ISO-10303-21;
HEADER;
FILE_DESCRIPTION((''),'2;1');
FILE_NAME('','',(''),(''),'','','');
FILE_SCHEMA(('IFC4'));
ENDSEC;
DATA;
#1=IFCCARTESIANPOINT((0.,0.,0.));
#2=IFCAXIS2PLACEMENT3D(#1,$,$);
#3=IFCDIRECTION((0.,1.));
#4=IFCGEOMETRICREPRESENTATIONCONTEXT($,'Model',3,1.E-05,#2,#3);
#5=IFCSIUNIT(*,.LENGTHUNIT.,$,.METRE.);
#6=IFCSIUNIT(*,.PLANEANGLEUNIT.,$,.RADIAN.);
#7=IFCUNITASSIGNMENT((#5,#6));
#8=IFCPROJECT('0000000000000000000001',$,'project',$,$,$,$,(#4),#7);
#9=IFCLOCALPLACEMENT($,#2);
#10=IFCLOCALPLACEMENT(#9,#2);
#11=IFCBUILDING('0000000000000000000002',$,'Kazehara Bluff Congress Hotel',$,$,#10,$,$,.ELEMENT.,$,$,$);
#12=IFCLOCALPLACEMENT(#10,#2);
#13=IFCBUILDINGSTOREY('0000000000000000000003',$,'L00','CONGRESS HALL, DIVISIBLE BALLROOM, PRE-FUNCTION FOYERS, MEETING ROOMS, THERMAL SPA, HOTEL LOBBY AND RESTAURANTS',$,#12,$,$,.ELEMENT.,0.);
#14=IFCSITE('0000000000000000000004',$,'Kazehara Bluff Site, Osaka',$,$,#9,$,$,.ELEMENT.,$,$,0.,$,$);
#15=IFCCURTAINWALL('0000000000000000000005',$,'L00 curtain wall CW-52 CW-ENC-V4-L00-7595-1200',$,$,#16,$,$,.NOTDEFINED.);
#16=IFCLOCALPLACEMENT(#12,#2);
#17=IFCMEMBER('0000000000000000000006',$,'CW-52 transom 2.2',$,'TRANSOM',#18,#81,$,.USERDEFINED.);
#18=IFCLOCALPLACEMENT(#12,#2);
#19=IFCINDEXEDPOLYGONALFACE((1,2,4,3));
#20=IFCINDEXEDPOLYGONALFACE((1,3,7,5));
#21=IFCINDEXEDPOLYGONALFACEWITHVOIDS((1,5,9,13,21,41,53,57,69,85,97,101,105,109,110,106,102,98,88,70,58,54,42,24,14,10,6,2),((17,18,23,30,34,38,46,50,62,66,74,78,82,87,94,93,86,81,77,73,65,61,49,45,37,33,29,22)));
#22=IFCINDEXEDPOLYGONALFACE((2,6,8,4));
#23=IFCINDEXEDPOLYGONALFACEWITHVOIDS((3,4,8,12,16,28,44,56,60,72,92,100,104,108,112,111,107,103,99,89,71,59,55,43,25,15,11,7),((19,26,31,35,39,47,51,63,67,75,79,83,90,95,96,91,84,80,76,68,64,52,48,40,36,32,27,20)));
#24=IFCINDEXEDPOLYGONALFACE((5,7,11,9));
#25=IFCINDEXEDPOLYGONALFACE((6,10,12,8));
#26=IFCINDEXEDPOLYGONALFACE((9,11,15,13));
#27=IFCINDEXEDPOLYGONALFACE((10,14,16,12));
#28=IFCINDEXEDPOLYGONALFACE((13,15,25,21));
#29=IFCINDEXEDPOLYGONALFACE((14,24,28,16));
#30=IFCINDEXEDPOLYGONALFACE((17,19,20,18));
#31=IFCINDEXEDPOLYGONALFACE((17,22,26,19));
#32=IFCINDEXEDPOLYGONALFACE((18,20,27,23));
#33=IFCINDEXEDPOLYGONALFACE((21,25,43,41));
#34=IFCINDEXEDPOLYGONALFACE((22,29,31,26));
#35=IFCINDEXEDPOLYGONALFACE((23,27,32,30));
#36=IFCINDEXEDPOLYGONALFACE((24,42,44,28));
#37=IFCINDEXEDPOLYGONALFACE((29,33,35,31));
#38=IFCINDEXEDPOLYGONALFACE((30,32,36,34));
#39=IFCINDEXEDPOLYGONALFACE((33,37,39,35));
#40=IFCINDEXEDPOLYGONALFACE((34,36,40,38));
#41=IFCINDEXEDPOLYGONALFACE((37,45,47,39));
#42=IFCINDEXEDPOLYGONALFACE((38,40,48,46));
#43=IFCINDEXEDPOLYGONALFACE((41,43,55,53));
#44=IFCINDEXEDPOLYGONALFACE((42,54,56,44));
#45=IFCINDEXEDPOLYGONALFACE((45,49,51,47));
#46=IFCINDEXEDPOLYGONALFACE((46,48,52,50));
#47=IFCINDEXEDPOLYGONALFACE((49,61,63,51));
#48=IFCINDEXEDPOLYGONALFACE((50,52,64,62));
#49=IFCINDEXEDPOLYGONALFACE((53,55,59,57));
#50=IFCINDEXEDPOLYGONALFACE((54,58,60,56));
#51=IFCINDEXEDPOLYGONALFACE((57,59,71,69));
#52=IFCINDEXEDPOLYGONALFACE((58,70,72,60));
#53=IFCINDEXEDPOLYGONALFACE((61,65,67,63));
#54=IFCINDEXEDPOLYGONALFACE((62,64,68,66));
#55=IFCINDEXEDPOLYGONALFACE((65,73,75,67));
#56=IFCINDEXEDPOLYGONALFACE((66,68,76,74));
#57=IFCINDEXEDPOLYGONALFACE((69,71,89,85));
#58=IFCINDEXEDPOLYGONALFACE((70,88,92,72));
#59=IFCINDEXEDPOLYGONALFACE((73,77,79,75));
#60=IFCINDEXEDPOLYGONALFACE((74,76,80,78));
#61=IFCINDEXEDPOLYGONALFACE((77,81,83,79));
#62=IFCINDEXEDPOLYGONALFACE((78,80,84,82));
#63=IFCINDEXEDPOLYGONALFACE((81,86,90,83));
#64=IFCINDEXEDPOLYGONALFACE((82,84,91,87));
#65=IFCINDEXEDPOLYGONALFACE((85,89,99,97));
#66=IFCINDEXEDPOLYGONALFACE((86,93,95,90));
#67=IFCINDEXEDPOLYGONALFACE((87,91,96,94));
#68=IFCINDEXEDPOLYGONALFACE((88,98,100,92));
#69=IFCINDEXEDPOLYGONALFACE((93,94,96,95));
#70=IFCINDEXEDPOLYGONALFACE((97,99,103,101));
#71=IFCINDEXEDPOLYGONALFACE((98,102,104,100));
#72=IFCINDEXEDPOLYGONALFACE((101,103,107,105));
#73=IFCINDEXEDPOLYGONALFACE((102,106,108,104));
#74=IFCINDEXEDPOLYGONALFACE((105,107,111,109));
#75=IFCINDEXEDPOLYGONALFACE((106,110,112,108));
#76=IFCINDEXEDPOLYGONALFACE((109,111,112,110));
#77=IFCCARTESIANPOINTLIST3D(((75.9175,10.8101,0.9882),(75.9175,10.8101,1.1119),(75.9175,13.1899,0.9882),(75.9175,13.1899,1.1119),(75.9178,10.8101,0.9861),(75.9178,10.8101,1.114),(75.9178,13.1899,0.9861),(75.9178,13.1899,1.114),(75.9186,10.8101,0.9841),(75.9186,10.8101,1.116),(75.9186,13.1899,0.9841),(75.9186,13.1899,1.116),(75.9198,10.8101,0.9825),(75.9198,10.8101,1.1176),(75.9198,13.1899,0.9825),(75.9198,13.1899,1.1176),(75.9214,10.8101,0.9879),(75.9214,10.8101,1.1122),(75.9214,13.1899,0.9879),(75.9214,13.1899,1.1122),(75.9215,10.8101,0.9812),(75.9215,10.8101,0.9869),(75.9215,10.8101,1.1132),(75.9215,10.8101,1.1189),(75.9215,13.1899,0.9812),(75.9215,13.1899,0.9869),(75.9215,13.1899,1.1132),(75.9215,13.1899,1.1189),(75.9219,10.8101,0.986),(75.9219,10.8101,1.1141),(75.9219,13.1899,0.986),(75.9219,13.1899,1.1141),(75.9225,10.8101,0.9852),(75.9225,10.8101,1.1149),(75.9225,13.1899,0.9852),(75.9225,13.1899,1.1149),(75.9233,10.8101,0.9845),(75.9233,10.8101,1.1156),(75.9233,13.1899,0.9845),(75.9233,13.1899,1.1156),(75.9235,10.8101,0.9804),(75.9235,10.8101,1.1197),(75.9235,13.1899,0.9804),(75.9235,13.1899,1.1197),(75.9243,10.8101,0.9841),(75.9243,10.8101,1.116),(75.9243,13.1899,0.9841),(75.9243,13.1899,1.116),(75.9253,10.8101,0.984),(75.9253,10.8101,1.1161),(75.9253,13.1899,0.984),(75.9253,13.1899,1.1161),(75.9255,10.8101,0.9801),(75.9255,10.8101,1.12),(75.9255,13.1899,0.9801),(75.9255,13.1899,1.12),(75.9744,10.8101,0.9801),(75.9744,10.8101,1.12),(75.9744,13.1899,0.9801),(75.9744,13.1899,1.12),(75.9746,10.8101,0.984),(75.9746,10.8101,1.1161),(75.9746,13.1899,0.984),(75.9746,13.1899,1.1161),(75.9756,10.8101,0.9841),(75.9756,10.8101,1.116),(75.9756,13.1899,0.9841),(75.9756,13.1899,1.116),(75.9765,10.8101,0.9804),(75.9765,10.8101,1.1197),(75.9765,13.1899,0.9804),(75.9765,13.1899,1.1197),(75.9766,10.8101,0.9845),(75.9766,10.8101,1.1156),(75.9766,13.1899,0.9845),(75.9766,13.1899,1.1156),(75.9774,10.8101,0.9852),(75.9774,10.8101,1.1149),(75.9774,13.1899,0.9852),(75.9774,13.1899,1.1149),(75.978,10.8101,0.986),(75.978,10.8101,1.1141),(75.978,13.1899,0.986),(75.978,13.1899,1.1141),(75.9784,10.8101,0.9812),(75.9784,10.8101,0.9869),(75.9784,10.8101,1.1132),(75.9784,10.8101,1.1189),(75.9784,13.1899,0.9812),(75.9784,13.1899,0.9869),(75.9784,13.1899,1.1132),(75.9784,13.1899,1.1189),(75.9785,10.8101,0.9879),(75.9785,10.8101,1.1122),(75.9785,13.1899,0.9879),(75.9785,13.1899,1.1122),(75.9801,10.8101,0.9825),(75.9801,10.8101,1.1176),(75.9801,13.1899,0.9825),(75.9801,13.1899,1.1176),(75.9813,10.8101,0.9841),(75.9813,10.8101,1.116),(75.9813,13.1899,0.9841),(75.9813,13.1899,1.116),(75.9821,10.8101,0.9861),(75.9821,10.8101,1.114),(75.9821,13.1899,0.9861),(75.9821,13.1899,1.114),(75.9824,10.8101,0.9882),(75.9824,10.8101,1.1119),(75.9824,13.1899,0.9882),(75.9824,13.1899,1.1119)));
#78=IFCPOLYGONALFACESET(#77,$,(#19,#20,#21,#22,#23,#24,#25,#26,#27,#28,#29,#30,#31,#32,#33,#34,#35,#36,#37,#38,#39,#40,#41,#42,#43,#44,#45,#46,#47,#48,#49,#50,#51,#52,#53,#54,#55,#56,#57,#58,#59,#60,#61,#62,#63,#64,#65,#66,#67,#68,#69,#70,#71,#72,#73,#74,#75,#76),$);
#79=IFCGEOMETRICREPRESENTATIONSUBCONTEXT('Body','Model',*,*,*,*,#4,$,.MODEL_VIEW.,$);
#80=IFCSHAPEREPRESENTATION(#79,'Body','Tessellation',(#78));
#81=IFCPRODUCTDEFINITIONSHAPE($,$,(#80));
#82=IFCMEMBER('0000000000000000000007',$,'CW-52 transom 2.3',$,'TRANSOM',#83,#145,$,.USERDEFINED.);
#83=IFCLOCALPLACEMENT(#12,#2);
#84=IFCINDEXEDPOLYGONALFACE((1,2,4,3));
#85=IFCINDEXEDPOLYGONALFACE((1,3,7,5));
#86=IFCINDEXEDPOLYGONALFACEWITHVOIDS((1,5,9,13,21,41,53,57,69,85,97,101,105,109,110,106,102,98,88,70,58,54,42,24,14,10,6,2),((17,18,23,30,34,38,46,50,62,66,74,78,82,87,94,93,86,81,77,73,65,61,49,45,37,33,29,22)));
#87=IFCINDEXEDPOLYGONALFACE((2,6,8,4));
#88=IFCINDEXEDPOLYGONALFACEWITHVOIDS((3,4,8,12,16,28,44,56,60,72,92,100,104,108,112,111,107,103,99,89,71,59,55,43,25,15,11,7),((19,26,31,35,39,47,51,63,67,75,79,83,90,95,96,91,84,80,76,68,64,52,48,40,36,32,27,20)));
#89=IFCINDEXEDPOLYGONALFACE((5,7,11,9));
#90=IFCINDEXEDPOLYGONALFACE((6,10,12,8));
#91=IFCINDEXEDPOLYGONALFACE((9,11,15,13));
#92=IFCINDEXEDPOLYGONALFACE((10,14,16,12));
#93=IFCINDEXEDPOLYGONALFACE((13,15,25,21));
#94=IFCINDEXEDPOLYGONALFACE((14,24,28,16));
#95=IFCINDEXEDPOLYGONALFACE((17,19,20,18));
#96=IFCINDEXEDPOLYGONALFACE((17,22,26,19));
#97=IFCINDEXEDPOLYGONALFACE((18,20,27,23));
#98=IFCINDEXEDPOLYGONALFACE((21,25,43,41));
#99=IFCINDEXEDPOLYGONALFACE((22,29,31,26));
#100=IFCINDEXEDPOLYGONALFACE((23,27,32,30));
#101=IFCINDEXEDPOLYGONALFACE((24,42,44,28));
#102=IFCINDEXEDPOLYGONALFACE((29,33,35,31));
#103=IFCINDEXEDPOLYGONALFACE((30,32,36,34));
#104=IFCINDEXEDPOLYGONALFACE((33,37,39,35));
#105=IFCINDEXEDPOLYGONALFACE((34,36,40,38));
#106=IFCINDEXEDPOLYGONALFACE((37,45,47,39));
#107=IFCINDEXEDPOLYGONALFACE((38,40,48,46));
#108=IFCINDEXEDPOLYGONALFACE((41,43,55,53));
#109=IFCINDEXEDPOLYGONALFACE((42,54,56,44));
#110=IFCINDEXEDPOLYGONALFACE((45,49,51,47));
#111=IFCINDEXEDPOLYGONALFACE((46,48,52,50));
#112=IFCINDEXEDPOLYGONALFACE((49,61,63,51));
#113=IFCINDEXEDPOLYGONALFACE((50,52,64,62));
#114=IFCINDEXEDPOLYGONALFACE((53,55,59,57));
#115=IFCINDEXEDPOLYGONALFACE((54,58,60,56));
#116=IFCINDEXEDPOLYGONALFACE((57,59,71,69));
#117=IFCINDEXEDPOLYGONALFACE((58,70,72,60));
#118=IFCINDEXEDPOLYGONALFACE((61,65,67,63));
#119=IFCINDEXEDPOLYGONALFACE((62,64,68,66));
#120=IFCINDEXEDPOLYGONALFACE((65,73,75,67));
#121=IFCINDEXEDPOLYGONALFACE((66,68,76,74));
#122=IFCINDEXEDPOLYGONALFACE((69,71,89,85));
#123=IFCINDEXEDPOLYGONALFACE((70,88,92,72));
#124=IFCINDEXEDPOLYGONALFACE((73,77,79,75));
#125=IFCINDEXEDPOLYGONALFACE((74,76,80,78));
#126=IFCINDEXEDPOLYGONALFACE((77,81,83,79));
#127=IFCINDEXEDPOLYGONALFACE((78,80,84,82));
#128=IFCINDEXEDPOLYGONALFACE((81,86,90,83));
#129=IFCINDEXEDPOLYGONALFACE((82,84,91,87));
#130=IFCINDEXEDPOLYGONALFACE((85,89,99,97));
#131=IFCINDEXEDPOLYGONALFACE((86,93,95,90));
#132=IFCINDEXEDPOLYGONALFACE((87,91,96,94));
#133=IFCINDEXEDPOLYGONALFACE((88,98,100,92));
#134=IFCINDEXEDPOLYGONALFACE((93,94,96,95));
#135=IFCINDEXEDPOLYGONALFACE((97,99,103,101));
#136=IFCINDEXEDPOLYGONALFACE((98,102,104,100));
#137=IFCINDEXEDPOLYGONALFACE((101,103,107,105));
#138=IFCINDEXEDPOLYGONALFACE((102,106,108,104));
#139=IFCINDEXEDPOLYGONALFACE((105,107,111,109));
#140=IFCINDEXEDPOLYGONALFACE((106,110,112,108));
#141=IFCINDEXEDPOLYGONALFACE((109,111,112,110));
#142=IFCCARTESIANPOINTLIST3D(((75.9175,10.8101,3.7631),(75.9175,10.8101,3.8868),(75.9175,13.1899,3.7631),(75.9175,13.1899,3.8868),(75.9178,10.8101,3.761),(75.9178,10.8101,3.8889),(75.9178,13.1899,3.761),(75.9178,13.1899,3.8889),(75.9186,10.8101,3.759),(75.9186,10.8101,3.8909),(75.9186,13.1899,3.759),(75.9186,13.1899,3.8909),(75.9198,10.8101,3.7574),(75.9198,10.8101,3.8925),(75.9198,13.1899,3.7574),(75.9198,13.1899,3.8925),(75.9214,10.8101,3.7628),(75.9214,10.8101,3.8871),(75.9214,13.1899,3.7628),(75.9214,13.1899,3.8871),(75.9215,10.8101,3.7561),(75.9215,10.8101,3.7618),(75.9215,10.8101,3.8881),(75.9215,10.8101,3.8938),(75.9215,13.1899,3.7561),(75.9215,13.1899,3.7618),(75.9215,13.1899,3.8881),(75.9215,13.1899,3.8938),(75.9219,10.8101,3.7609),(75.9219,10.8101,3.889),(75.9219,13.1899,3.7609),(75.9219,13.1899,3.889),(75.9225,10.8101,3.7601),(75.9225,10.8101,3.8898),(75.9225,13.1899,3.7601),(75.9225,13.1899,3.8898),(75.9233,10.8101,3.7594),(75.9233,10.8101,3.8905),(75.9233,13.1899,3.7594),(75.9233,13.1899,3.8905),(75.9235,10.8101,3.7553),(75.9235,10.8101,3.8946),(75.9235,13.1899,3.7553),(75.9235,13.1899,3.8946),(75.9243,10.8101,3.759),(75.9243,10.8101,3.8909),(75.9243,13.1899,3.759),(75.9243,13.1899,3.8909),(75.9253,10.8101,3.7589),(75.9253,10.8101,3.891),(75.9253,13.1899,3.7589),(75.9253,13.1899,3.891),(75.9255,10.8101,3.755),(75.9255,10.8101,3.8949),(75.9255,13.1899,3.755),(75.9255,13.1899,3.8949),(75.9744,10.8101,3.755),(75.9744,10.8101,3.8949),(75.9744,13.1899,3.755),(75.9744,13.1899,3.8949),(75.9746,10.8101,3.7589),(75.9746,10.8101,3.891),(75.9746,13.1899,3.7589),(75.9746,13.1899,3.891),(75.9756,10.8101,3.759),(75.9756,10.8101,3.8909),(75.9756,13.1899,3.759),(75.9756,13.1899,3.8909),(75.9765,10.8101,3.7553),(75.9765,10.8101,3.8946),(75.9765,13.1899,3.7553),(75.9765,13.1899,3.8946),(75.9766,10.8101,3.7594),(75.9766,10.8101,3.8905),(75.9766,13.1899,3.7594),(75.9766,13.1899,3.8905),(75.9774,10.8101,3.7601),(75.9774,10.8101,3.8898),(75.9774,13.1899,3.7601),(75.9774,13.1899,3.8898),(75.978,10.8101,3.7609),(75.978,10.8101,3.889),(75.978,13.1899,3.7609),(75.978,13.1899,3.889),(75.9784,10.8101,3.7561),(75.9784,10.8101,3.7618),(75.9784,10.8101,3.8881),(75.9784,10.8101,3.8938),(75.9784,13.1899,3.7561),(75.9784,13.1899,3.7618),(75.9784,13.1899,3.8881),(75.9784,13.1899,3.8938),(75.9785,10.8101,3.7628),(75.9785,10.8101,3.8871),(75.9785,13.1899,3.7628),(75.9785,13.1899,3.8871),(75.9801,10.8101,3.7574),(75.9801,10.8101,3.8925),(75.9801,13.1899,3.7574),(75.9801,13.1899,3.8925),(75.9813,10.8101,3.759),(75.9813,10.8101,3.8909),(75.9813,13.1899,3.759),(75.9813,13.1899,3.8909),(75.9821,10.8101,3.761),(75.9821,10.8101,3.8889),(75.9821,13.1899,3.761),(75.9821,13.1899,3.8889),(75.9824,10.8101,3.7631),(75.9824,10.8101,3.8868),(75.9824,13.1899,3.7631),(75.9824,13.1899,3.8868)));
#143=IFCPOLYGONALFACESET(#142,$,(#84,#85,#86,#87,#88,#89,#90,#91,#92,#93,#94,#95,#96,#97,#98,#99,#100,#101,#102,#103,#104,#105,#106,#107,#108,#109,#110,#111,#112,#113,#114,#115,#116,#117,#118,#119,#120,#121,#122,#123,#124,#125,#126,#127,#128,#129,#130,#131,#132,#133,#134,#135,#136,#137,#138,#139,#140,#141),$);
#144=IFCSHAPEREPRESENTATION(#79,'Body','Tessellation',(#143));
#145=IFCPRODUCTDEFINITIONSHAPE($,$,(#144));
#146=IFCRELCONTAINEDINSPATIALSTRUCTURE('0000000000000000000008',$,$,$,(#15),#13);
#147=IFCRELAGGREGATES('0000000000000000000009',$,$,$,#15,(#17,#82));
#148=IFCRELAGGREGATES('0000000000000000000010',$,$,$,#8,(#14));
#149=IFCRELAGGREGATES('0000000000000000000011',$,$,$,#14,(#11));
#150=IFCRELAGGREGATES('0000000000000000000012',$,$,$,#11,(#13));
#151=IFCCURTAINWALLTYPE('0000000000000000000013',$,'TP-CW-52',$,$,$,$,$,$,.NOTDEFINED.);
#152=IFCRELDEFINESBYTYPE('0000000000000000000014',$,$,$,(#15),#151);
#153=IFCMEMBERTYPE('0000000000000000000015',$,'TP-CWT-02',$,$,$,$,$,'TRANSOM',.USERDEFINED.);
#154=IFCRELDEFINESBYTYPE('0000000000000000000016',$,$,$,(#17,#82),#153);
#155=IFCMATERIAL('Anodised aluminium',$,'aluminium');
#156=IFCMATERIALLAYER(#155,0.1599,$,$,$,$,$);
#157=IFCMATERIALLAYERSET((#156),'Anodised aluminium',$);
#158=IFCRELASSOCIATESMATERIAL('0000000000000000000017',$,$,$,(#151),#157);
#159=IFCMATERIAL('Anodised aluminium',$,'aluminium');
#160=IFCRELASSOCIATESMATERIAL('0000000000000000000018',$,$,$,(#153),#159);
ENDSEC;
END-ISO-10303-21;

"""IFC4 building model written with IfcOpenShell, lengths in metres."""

from ifc_helpers import new_model, si_unit, direction, frame, origin, origin_2d, place, context, subcontext, project, spatial, hollow_rectangle, extrude, material, layer, layer_set, material_profile, profile_set, type_object, element, aggregate, save


model = new_model("IFC4")

# Units and contexts
model_context = context("Model", 3, precision=1e-05, world=origin(), true_north=direction((0.0, 1.0)))
body_context = subcontext(model_context, "Body", "Model", "MODEL_VIEW")
ifc_project = project(units=[si_unit("LENGTHUNIT", "METRE"), si_unit("PLANEANGLEUNIT", "RADIAN")], contexts=[model_context])

# Site, building, storey
site_placement = place(None, origin())
site = spatial("IfcSite", under=ifc_project, at=site_placement, Name="Kazehara Bluff Site, Osaka", CompositionType="ELEMENT", RefElevation=0.0)
building_placement = place(site_placement, origin())
building = spatial("IfcBuilding", under=site, at=building_placement, Name="Kazehara Bluff Congress Hotel", CompositionType="ELEMENT")
storey_placement = place(building_placement, origin())
storey = spatial("IfcBuildingStorey", under=building, at=storey_placement, Name="L00", Description="CONGRESS HALL, DIVISIBLE BALLROOM, PRE-FUNCTION FOYERS, MEETING ROOMS, THERMAL SPA, HOTEL LOBBY AND RESTAURANTS", CompositionType="ELEMENT", Elevation=0.0)

# Curtain wall, members
ifc_material_1 = material(Name="Anodised aluminium", Category="aluminium")
ifc_layer_1 = layer(ifc_material_1, 0.1599)
ifc_layer_set_1 = layer_set([ifc_layer_1], Name="Anodised aluminium")
curtain_wall_type_1 = type_object("IfcCurtainWallType", Name="TP-CW-52", PredefinedType="NOTDEFINED", material=ifc_layer_set_1)
curtain_wall_1_placement = place(storey_placement, origin())
curtain_wall_1 = element("IfcCurtainWall", 1, at=curtain_wall_1_placement, inside=storey, type_object=curtain_wall_type_1, Name="L00 curtain wall CW-52 CW-ENC-V4-L00-7595-1200", PredefinedType="NOTDEFINED")
ifc_material_2 = material(Name="Anodised aluminium", Category="aluminium")
ifc_material_profile_1 = material_profile(ifc_material_2, hollow_rectangle(XDim=0.0649, YDim=0.1399, WallThickness=0.0039, InnerFilletRadius=0.0039, OuterFilletRadius=0.0081, at=origin_2d()))
ifc_profile_set_1 = profile_set([ifc_material_profile_1], Name="Anodised aluminium")
member_type_1 = type_object("IfcMemberType", Name="TP-CWT-02", ElementType="TRANSOM", PredefinedType="USERDEFINED", material=ifc_profile_set_1)
member_1_placement = place(storey_placement, frame((75.95, 13.1899, 1.05), z_axis=(0.0, -1.0, 0.0), x_axis=(1.0, 0.0, 0.0)))
member_1 = element("IfcMember", 2, at=member_1_placement, type_object=member_type_1, Name="CW-52 transom 2.2", ObjectType="TRANSOM", PredefinedType="USERDEFINED", context=body_context, shape_type="SweptSolid", body=[
    extrude(hollow_rectangle(XDim=0.0649, YDim=0.1399, WallThickness=0.0039, InnerFilletRadius=0.0039, OuterFilletRadius=0.0081, at=origin_2d()), origin(), (0.0, 0.0, 1.0), 2.3799),
])
member_2_placement = place(storey_placement, frame((75.95, 13.1899, 3.825), z_axis=(0.0, -1.0, 0.0), x_axis=(1.0, 0.0, 0.0)))
member_2 = element("IfcMember", 3, at=member_2_placement, type_object=member_type_1, Name="CW-52 transom 2.3", ObjectType="TRANSOM", PredefinedType="USERDEFINED", context=body_context, shape_type="SweptSolid", body=[
    extrude(hollow_rectangle(XDim=0.0649, YDim=0.1399, WallThickness=0.0039, InnerFilletRadius=0.0039, OuterFilletRadius=0.0081, at=origin_2d()), origin(), (0.0, 0.0, 1.0), 2.3799),
])

aggregate(curtain_wall_1, [member_1, member_2])

save(model, "model.ifc")
